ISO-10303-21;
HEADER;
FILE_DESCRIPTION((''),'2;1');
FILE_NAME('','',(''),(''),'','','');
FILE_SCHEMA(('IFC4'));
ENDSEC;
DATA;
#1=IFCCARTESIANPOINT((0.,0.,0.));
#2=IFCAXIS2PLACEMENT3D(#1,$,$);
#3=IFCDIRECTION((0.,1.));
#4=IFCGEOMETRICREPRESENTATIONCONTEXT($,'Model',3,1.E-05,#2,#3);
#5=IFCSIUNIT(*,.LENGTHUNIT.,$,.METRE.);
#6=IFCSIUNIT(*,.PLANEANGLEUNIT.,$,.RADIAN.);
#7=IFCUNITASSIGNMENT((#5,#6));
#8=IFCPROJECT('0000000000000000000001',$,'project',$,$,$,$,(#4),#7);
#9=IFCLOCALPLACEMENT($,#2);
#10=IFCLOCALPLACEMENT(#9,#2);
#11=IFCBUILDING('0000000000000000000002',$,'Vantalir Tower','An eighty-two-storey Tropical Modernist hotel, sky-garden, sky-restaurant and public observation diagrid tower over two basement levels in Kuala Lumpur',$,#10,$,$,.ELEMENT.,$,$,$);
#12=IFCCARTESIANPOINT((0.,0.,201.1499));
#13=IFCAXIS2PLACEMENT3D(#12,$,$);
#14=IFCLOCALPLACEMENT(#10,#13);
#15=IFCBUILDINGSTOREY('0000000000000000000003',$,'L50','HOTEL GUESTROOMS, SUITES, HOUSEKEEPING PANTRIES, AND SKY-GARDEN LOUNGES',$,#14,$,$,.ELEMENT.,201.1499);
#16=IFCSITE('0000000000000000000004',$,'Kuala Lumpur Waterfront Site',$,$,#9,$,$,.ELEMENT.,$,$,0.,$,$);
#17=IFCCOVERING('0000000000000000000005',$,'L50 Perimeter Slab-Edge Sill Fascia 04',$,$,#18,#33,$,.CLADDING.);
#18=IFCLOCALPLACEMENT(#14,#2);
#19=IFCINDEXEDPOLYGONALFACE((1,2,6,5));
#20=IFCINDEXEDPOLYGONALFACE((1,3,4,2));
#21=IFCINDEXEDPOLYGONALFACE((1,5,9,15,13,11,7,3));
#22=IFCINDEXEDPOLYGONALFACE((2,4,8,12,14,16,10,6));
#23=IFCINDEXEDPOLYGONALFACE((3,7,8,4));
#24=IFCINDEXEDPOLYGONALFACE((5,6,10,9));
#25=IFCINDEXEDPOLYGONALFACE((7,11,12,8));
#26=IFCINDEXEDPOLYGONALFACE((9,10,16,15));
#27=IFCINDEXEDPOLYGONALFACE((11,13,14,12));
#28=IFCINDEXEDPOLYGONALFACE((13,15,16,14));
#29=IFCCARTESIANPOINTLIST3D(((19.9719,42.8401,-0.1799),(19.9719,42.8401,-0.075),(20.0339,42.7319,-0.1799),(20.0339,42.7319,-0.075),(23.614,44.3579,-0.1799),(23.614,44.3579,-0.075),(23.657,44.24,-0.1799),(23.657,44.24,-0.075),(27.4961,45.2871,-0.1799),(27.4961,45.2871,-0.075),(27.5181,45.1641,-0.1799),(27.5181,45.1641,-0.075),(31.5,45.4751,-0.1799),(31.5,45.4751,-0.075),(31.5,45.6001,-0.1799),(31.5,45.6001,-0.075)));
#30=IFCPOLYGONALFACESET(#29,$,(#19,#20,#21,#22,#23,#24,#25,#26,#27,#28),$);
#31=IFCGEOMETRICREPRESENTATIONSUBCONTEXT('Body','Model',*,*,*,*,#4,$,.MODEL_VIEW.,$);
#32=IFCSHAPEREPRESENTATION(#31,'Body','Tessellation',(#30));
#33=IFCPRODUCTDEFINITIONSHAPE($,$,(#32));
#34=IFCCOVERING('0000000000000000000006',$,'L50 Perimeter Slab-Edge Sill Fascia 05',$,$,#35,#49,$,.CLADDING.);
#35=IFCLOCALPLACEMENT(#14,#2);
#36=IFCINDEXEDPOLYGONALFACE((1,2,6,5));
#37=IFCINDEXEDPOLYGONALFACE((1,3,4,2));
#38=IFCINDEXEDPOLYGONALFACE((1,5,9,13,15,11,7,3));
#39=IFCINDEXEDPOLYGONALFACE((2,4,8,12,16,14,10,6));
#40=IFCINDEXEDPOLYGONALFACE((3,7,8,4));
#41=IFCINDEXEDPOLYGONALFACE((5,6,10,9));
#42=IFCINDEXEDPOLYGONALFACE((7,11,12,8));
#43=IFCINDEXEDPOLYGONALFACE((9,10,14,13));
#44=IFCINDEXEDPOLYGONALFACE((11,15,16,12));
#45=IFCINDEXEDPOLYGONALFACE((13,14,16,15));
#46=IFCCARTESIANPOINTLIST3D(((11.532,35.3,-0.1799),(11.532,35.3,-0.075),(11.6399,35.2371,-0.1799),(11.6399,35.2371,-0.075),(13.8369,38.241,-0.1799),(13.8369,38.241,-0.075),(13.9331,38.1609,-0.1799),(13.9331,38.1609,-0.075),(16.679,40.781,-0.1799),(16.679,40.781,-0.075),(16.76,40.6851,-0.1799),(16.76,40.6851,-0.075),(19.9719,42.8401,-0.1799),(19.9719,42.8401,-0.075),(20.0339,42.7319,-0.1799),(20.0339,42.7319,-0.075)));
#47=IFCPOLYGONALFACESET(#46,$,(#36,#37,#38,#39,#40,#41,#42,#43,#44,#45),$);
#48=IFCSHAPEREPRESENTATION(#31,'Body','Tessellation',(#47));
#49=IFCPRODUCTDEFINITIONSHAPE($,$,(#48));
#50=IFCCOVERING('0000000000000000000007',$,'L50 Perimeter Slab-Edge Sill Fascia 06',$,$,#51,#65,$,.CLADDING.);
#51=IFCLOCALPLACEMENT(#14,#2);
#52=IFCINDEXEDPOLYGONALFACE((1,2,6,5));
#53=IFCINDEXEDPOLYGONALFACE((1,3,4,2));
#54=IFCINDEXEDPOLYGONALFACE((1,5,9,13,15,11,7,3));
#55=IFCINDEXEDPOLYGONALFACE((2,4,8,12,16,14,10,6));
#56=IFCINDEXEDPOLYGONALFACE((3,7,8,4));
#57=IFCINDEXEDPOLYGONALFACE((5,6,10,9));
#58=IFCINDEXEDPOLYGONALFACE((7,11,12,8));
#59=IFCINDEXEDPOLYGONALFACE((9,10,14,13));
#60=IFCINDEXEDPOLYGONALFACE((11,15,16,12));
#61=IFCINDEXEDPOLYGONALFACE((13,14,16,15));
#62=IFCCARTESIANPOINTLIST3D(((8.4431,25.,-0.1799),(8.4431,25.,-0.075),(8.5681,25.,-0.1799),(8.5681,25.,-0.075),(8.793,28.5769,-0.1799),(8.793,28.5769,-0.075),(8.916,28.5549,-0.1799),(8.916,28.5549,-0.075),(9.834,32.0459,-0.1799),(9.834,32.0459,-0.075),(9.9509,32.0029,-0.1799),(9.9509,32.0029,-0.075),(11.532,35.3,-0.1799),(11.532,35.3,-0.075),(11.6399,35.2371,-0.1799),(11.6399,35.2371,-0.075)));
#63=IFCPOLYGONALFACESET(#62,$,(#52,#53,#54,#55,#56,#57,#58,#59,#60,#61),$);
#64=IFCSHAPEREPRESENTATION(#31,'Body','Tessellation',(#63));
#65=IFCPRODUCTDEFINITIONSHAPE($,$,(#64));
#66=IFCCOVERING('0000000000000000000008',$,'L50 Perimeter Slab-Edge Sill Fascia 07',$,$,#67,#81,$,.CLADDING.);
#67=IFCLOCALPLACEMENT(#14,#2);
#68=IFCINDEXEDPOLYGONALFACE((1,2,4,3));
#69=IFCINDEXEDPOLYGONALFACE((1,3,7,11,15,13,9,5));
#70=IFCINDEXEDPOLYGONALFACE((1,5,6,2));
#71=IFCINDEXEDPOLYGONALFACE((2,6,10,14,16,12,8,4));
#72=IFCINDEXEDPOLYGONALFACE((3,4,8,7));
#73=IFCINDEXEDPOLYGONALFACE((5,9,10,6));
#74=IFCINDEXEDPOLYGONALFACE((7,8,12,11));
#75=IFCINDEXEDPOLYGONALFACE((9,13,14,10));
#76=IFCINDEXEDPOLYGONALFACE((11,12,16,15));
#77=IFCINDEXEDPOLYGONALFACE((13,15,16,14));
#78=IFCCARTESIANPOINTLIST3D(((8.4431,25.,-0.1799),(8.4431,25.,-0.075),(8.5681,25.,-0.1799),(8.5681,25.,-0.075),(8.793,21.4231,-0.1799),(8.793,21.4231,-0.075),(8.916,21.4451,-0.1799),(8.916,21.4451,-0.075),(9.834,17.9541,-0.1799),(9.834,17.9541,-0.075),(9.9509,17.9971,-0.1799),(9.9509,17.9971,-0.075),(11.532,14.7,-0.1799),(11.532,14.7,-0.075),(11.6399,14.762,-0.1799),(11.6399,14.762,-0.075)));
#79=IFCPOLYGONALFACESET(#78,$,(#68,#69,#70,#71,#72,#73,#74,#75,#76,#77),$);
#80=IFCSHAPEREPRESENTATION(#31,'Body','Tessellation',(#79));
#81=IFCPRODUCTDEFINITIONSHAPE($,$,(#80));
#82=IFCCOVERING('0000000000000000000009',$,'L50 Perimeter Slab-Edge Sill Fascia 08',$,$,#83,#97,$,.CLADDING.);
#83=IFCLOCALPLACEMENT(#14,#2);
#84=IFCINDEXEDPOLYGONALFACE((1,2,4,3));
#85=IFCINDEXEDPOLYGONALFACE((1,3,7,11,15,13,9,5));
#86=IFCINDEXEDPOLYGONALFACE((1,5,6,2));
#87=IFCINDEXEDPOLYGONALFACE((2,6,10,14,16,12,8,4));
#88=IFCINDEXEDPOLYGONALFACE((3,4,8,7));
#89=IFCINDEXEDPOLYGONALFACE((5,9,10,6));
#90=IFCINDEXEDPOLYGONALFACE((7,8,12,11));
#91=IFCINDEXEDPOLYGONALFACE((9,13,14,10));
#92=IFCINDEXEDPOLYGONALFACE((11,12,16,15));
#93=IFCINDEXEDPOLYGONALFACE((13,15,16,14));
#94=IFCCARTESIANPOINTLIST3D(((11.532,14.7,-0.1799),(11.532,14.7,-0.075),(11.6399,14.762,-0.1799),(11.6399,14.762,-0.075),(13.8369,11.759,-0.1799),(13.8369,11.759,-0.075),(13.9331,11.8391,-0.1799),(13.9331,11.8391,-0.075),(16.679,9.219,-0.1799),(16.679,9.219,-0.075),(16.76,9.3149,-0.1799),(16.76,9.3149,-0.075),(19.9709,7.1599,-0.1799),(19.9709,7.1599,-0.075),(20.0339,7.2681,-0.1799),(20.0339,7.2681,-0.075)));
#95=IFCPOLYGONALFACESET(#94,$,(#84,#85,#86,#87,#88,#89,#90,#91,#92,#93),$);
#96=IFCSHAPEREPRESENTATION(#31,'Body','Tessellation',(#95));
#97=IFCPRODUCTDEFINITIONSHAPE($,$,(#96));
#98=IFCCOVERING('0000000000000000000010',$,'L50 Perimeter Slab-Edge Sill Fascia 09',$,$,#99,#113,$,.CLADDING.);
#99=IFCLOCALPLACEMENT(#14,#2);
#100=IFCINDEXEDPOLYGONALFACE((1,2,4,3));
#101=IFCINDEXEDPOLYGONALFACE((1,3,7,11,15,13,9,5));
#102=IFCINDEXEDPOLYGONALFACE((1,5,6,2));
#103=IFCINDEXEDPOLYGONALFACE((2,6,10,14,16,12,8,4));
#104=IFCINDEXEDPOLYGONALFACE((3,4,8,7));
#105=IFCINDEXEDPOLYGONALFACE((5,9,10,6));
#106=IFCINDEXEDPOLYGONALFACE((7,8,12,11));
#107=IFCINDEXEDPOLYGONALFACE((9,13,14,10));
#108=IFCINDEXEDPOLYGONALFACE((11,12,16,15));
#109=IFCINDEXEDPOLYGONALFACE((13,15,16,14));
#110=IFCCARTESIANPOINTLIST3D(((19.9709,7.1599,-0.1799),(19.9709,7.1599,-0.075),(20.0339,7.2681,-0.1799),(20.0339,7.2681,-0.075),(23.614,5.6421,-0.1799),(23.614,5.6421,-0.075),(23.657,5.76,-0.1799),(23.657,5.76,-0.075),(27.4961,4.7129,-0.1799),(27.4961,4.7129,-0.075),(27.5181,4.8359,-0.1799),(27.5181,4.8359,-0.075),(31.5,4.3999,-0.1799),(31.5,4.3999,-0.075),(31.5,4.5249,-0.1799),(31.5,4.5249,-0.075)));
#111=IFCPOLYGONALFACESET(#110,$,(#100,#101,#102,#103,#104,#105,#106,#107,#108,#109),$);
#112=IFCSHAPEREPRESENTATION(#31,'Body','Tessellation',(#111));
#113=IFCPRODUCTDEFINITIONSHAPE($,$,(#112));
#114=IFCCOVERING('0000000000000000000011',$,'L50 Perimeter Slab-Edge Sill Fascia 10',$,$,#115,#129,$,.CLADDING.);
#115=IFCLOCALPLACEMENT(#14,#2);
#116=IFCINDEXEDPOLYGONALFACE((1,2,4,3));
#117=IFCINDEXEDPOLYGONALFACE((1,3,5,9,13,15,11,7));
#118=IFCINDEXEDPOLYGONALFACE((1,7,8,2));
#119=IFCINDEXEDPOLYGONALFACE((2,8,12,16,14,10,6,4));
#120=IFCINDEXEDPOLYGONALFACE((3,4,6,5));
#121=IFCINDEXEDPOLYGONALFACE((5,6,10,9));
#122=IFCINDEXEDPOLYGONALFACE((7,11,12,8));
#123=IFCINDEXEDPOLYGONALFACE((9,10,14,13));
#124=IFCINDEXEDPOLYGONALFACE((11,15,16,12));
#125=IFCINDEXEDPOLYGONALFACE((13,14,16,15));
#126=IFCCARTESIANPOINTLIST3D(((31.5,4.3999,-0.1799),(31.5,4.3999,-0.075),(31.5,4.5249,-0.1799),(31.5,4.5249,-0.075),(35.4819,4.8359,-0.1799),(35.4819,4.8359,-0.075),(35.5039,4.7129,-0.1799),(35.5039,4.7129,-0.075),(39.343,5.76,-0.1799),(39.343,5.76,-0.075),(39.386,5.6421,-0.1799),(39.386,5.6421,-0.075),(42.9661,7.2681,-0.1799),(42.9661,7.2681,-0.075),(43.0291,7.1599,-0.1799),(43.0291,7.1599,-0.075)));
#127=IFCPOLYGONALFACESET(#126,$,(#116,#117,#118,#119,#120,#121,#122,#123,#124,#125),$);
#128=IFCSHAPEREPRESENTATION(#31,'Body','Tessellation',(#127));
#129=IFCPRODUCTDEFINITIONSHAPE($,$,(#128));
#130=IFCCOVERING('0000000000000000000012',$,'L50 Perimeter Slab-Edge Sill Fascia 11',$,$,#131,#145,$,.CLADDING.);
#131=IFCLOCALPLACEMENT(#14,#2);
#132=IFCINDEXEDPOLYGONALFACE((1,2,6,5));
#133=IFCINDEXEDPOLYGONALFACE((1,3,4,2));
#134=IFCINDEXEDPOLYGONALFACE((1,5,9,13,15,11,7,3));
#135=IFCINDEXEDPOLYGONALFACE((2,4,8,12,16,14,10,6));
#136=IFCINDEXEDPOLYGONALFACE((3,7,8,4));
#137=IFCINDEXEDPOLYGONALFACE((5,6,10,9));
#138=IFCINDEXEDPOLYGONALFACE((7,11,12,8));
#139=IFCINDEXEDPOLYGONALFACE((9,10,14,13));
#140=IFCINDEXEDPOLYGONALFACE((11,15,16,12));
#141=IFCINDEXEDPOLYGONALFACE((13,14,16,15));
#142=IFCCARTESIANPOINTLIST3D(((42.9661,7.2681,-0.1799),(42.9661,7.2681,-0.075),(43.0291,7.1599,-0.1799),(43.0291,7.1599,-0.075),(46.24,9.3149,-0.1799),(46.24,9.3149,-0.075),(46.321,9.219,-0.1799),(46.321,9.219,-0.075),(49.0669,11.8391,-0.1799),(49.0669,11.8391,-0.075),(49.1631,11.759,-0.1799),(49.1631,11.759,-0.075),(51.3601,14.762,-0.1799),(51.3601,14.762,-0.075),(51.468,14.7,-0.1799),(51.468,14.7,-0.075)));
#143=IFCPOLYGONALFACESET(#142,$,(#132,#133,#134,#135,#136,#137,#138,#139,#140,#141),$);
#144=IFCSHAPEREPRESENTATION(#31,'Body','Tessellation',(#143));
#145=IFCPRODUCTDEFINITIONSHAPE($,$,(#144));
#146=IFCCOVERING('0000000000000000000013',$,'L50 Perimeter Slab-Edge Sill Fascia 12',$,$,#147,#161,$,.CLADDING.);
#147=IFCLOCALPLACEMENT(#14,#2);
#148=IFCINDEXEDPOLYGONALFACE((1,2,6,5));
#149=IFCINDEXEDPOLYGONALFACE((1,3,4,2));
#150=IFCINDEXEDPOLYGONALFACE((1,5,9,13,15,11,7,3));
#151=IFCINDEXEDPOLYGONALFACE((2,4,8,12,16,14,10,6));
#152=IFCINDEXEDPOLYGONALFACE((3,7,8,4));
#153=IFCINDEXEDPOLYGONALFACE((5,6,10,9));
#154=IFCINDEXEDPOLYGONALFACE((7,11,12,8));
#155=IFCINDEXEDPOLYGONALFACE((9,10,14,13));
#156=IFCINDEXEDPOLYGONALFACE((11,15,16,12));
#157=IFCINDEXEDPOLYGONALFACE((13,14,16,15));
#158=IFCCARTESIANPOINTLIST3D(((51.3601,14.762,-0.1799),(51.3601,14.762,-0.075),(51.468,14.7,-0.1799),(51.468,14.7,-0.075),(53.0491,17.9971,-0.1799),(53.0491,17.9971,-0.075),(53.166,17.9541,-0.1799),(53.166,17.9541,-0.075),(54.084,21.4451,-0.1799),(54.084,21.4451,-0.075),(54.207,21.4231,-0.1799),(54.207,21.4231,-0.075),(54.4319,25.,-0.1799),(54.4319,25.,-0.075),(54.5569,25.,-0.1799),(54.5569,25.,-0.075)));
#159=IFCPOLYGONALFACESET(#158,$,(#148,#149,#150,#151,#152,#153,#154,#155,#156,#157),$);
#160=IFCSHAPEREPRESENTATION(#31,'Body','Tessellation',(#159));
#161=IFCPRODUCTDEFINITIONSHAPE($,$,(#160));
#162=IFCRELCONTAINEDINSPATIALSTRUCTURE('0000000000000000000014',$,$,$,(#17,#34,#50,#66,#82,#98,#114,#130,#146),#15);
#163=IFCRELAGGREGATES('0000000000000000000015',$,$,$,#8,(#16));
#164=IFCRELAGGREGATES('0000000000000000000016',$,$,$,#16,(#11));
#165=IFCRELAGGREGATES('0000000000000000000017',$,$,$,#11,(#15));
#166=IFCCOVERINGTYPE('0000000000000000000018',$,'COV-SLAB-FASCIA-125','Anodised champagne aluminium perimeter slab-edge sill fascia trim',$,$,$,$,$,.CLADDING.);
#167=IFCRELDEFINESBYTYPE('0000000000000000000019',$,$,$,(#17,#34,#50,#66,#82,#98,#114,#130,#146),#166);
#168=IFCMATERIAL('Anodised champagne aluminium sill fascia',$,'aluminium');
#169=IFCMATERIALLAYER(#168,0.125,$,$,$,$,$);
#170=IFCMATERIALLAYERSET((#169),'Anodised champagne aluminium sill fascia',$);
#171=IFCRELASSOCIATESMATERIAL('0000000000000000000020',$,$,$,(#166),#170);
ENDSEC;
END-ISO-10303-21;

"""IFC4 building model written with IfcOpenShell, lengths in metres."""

from ifc_helpers import new_model, si_unit, direction, frame, origin, place, context, subcontext, project, spatial, polyline, outline, extrude, material, layer, layer_set, type_object, element, save


model = new_model("IFC4")

# Units and contexts
model_context = context("Model", 3, precision=1e-05, world=origin(), true_north=direction((0.0, 1.0)))
body_context = subcontext(model_context, "Body", "Model", "MODEL_VIEW")
ifc_project = project(units=[si_unit("LENGTHUNIT", "METRE"), si_unit("PLANEANGLEUNIT", "RADIAN")], contexts=[model_context])

# Site, building, storey
site_placement = place(None, origin())
site = spatial("IfcSite", under=ifc_project, at=site_placement, Name="Kuala Lumpur Waterfront Site", CompositionType="ELEMENT", RefElevation=0.0)
building_placement = place(site_placement, origin())
building = spatial("IfcBuilding", under=site, at=building_placement, Name="Vantalir Tower", Description="An eighty-two-storey Tropical Modernist hotel, sky-garden, sky-restaurant and public observation diagrid tower over two basement levels in Kuala Lumpur", CompositionType="ELEMENT")
storey_placement = place(building_placement, frame((0.0, 0.0, 201.1499)))
storey = spatial("IfcBuildingStorey", under=building, at=storey_placement, Name="L50", Description="HOTEL GUESTROOMS, SUITES, HOUSEKEEPING PANTRIES, AND SKY-GARDEN LOUNGES", CompositionType="ELEMENT", Elevation=201.1499)

# Coverings
ifc_material_1 = material(Name="Anodised champagne aluminium sill fascia", Category="aluminium")
ifc_layer_1 = layer(ifc_material_1, 0.125)
ifc_layer_set_1 = layer_set([ifc_layer_1], Name="Anodised champagne aluminium sill fascia")
covering_type = type_object("IfcCoveringType", Name="COV-SLAB-FASCIA-125", Description="Anodised champagne aluminium perimeter slab-edge sill fascia trim", PredefinedType="CLADDING", material=ifc_layer_set_1)
covering_1_placement = place(storey_placement, frame((0.0, 0.0, -0.1799)))
element("IfcCovering", 1, at=covering_1_placement, inside=storey, type_object=covering_type, Name="L50 Perimeter Slab-Edge Sill Fascia 04", PredefinedType="CLADDING", context=body_context, shape_type="SweptSolid", body=[
    extrude(outline(polyline([(31.5, 45.6001), (27.4961, 45.2871), (23.614, 44.3579), (19.9719, 42.8401), (20.0339, 42.7319), (23.657, 44.24), (27.5181, 45.1641), (31.5, 45.4751), (31.5, 45.6001)])), origin(), (0.0, 0.0, 1.0), 0.105),
])
covering_2_placement = place(storey_placement, frame((0.0, 0.0, -0.1799)))
element("IfcCovering", 2, at=covering_2_placement, inside=storey, type_object=covering_type, Name="L50 Perimeter Slab-Edge Sill Fascia 05", PredefinedType="CLADDING", context=body_context, shape_type="SweptSolid", body=[
    extrude(outline(polyline([(19.9719, 42.8401), (16.679, 40.781), (13.8369, 38.241), (11.532, 35.3), (11.6399, 35.2371), (13.9331, 38.1609), (16.76, 40.6851), (20.0339, 42.7319), (19.9719, 42.8401)])), origin(), (0.0, 0.0, 1.0), 0.105),
])
covering_3_placement = place(storey_placement, frame((0.0, 0.0, -0.1799)))
element("IfcCovering", 3, at=covering_3_placement, inside=storey, type_object=covering_type, Name="L50 Perimeter Slab-Edge Sill Fascia 06", PredefinedType="CLADDING", context=body_context, shape_type="SweptSolid", body=[
    extrude(outline(polyline([(11.532, 35.3), (9.834, 32.0459), (8.793, 28.5769), (8.4431, 25.0), (8.5681, 25.0), (8.916, 28.5549), (9.9509, 32.0029), (11.6399, 35.2371), (11.532, 35.3)])), origin(), (0.0, 0.0, 1.0), 0.105),
])
covering_4_placement = place(storey_placement, frame((0.0, 0.0, -0.1799)))
element("IfcCovering", 4, at=covering_4_placement, inside=storey, type_object=covering_type, Name="L50 Perimeter Slab-Edge Sill Fascia 07", PredefinedType="CLADDING", context=body_context, shape_type="SweptSolid", body=[
    extrude(outline(polyline([(8.4431, 25.0), (8.793, 21.4231), (9.834, 17.9541), (11.532, 14.7), (11.6399, 14.762), (9.9509, 17.9971), (8.916, 21.4451), (8.5681, 25.0), (8.4431, 25.0)])), origin(), (0.0, 0.0, 1.0), 0.105),
])
covering_5_placement = place(storey_placement, frame((0.0, 0.0, -0.1799)))
element("IfcCovering", 5, at=covering_5_placement, inside=storey, type_object=covering_type, Name="L50 Perimeter Slab-Edge Sill Fascia 08", PredefinedType="CLADDING", context=body_context, shape_type="SweptSolid", body=[
    extrude(outline(polyline([(11.532, 14.7), (13.8369, 11.759), (16.679, 9.219), (19.9709, 7.1599), (20.0339, 7.2681), (16.76, 9.3149), (13.9331, 11.8391), (11.6399, 14.762), (11.532, 14.7)])), origin(), (0.0, 0.0, 1.0), 0.105),
])
covering_6_placement = place(storey_placement, frame((0.0, 0.0, -0.1799)))
element("IfcCovering", 6, at=covering_6_placement, inside=storey, type_object=covering_type, Name="L50 Perimeter Slab-Edge Sill Fascia 09", PredefinedType="CLADDING", context=body_context, shape_type="SweptSolid", body=[
    extrude(outline(polyline([(19.9709, 7.1599), (23.614, 5.6421), (27.4961, 4.7129), (31.5, 4.3999), (31.5, 4.5249), (27.5181, 4.8359), (23.657, 5.76), (20.0339, 7.2681), (19.9709, 7.1599)])), origin(), (0.0, 0.0, 1.0), 0.105),
])
covering_7_placement = place(storey_placement, frame((0.0, 0.0, -0.1799)))
element("IfcCovering", 7, at=covering_7_placement, inside=storey, type_object=covering_type, Name="L50 Perimeter Slab-Edge Sill Fascia 10", PredefinedType="CLADDING", context=body_context, shape_type="SweptSolid", body=[
    extrude(outline(polyline([(31.5, 4.3999), (35.5039, 4.7129), (39.386, 5.6421), (43.0291, 7.1599), (42.9661, 7.2681), (39.343, 5.76), (35.4819, 4.8359), (31.5, 4.5249), (31.5, 4.3999)])), origin(), (0.0, 0.0, 1.0), 0.105),
])
covering_8_placement = place(storey_placement, frame((0.0, 0.0, -0.1799)))
element("IfcCovering", 8, at=covering_8_placement, inside=storey, type_object=covering_type, Name="L50 Perimeter Slab-Edge Sill Fascia 11", PredefinedType="CLADDING", context=body_context, shape_type="SweptSolid", body=[
    extrude(outline(polyline([(43.0291, 7.1599), (46.321, 9.219), (49.1631, 11.759), (51.468, 14.7), (51.3601, 14.762), (49.0669, 11.8391), (46.24, 9.3149), (42.9661, 7.2681), (43.0291, 7.1599)])), origin(), (0.0, 0.0, 1.0), 0.105),
])
covering_9_placement = place(storey_placement, frame((0.0, 0.0, -0.1799)))
element("IfcCovering", 9, at=covering_9_placement, inside=storey, type_object=covering_type, Name="L50 Perimeter Slab-Edge Sill Fascia 12", PredefinedType="CLADDING", context=body_context, shape_type="SweptSolid", body=[
    extrude(outline(polyline([(51.468, 14.7), (53.166, 17.9541), (54.207, 21.4231), (54.5569, 25.0), (54.4319, 25.0), (54.084, 21.4451), (53.0491, 17.9971), (51.3601, 14.762), (51.468, 14.7)])), origin(), (0.0, 0.0, 1.0), 0.105),
])

save(model, "model.ifc")
